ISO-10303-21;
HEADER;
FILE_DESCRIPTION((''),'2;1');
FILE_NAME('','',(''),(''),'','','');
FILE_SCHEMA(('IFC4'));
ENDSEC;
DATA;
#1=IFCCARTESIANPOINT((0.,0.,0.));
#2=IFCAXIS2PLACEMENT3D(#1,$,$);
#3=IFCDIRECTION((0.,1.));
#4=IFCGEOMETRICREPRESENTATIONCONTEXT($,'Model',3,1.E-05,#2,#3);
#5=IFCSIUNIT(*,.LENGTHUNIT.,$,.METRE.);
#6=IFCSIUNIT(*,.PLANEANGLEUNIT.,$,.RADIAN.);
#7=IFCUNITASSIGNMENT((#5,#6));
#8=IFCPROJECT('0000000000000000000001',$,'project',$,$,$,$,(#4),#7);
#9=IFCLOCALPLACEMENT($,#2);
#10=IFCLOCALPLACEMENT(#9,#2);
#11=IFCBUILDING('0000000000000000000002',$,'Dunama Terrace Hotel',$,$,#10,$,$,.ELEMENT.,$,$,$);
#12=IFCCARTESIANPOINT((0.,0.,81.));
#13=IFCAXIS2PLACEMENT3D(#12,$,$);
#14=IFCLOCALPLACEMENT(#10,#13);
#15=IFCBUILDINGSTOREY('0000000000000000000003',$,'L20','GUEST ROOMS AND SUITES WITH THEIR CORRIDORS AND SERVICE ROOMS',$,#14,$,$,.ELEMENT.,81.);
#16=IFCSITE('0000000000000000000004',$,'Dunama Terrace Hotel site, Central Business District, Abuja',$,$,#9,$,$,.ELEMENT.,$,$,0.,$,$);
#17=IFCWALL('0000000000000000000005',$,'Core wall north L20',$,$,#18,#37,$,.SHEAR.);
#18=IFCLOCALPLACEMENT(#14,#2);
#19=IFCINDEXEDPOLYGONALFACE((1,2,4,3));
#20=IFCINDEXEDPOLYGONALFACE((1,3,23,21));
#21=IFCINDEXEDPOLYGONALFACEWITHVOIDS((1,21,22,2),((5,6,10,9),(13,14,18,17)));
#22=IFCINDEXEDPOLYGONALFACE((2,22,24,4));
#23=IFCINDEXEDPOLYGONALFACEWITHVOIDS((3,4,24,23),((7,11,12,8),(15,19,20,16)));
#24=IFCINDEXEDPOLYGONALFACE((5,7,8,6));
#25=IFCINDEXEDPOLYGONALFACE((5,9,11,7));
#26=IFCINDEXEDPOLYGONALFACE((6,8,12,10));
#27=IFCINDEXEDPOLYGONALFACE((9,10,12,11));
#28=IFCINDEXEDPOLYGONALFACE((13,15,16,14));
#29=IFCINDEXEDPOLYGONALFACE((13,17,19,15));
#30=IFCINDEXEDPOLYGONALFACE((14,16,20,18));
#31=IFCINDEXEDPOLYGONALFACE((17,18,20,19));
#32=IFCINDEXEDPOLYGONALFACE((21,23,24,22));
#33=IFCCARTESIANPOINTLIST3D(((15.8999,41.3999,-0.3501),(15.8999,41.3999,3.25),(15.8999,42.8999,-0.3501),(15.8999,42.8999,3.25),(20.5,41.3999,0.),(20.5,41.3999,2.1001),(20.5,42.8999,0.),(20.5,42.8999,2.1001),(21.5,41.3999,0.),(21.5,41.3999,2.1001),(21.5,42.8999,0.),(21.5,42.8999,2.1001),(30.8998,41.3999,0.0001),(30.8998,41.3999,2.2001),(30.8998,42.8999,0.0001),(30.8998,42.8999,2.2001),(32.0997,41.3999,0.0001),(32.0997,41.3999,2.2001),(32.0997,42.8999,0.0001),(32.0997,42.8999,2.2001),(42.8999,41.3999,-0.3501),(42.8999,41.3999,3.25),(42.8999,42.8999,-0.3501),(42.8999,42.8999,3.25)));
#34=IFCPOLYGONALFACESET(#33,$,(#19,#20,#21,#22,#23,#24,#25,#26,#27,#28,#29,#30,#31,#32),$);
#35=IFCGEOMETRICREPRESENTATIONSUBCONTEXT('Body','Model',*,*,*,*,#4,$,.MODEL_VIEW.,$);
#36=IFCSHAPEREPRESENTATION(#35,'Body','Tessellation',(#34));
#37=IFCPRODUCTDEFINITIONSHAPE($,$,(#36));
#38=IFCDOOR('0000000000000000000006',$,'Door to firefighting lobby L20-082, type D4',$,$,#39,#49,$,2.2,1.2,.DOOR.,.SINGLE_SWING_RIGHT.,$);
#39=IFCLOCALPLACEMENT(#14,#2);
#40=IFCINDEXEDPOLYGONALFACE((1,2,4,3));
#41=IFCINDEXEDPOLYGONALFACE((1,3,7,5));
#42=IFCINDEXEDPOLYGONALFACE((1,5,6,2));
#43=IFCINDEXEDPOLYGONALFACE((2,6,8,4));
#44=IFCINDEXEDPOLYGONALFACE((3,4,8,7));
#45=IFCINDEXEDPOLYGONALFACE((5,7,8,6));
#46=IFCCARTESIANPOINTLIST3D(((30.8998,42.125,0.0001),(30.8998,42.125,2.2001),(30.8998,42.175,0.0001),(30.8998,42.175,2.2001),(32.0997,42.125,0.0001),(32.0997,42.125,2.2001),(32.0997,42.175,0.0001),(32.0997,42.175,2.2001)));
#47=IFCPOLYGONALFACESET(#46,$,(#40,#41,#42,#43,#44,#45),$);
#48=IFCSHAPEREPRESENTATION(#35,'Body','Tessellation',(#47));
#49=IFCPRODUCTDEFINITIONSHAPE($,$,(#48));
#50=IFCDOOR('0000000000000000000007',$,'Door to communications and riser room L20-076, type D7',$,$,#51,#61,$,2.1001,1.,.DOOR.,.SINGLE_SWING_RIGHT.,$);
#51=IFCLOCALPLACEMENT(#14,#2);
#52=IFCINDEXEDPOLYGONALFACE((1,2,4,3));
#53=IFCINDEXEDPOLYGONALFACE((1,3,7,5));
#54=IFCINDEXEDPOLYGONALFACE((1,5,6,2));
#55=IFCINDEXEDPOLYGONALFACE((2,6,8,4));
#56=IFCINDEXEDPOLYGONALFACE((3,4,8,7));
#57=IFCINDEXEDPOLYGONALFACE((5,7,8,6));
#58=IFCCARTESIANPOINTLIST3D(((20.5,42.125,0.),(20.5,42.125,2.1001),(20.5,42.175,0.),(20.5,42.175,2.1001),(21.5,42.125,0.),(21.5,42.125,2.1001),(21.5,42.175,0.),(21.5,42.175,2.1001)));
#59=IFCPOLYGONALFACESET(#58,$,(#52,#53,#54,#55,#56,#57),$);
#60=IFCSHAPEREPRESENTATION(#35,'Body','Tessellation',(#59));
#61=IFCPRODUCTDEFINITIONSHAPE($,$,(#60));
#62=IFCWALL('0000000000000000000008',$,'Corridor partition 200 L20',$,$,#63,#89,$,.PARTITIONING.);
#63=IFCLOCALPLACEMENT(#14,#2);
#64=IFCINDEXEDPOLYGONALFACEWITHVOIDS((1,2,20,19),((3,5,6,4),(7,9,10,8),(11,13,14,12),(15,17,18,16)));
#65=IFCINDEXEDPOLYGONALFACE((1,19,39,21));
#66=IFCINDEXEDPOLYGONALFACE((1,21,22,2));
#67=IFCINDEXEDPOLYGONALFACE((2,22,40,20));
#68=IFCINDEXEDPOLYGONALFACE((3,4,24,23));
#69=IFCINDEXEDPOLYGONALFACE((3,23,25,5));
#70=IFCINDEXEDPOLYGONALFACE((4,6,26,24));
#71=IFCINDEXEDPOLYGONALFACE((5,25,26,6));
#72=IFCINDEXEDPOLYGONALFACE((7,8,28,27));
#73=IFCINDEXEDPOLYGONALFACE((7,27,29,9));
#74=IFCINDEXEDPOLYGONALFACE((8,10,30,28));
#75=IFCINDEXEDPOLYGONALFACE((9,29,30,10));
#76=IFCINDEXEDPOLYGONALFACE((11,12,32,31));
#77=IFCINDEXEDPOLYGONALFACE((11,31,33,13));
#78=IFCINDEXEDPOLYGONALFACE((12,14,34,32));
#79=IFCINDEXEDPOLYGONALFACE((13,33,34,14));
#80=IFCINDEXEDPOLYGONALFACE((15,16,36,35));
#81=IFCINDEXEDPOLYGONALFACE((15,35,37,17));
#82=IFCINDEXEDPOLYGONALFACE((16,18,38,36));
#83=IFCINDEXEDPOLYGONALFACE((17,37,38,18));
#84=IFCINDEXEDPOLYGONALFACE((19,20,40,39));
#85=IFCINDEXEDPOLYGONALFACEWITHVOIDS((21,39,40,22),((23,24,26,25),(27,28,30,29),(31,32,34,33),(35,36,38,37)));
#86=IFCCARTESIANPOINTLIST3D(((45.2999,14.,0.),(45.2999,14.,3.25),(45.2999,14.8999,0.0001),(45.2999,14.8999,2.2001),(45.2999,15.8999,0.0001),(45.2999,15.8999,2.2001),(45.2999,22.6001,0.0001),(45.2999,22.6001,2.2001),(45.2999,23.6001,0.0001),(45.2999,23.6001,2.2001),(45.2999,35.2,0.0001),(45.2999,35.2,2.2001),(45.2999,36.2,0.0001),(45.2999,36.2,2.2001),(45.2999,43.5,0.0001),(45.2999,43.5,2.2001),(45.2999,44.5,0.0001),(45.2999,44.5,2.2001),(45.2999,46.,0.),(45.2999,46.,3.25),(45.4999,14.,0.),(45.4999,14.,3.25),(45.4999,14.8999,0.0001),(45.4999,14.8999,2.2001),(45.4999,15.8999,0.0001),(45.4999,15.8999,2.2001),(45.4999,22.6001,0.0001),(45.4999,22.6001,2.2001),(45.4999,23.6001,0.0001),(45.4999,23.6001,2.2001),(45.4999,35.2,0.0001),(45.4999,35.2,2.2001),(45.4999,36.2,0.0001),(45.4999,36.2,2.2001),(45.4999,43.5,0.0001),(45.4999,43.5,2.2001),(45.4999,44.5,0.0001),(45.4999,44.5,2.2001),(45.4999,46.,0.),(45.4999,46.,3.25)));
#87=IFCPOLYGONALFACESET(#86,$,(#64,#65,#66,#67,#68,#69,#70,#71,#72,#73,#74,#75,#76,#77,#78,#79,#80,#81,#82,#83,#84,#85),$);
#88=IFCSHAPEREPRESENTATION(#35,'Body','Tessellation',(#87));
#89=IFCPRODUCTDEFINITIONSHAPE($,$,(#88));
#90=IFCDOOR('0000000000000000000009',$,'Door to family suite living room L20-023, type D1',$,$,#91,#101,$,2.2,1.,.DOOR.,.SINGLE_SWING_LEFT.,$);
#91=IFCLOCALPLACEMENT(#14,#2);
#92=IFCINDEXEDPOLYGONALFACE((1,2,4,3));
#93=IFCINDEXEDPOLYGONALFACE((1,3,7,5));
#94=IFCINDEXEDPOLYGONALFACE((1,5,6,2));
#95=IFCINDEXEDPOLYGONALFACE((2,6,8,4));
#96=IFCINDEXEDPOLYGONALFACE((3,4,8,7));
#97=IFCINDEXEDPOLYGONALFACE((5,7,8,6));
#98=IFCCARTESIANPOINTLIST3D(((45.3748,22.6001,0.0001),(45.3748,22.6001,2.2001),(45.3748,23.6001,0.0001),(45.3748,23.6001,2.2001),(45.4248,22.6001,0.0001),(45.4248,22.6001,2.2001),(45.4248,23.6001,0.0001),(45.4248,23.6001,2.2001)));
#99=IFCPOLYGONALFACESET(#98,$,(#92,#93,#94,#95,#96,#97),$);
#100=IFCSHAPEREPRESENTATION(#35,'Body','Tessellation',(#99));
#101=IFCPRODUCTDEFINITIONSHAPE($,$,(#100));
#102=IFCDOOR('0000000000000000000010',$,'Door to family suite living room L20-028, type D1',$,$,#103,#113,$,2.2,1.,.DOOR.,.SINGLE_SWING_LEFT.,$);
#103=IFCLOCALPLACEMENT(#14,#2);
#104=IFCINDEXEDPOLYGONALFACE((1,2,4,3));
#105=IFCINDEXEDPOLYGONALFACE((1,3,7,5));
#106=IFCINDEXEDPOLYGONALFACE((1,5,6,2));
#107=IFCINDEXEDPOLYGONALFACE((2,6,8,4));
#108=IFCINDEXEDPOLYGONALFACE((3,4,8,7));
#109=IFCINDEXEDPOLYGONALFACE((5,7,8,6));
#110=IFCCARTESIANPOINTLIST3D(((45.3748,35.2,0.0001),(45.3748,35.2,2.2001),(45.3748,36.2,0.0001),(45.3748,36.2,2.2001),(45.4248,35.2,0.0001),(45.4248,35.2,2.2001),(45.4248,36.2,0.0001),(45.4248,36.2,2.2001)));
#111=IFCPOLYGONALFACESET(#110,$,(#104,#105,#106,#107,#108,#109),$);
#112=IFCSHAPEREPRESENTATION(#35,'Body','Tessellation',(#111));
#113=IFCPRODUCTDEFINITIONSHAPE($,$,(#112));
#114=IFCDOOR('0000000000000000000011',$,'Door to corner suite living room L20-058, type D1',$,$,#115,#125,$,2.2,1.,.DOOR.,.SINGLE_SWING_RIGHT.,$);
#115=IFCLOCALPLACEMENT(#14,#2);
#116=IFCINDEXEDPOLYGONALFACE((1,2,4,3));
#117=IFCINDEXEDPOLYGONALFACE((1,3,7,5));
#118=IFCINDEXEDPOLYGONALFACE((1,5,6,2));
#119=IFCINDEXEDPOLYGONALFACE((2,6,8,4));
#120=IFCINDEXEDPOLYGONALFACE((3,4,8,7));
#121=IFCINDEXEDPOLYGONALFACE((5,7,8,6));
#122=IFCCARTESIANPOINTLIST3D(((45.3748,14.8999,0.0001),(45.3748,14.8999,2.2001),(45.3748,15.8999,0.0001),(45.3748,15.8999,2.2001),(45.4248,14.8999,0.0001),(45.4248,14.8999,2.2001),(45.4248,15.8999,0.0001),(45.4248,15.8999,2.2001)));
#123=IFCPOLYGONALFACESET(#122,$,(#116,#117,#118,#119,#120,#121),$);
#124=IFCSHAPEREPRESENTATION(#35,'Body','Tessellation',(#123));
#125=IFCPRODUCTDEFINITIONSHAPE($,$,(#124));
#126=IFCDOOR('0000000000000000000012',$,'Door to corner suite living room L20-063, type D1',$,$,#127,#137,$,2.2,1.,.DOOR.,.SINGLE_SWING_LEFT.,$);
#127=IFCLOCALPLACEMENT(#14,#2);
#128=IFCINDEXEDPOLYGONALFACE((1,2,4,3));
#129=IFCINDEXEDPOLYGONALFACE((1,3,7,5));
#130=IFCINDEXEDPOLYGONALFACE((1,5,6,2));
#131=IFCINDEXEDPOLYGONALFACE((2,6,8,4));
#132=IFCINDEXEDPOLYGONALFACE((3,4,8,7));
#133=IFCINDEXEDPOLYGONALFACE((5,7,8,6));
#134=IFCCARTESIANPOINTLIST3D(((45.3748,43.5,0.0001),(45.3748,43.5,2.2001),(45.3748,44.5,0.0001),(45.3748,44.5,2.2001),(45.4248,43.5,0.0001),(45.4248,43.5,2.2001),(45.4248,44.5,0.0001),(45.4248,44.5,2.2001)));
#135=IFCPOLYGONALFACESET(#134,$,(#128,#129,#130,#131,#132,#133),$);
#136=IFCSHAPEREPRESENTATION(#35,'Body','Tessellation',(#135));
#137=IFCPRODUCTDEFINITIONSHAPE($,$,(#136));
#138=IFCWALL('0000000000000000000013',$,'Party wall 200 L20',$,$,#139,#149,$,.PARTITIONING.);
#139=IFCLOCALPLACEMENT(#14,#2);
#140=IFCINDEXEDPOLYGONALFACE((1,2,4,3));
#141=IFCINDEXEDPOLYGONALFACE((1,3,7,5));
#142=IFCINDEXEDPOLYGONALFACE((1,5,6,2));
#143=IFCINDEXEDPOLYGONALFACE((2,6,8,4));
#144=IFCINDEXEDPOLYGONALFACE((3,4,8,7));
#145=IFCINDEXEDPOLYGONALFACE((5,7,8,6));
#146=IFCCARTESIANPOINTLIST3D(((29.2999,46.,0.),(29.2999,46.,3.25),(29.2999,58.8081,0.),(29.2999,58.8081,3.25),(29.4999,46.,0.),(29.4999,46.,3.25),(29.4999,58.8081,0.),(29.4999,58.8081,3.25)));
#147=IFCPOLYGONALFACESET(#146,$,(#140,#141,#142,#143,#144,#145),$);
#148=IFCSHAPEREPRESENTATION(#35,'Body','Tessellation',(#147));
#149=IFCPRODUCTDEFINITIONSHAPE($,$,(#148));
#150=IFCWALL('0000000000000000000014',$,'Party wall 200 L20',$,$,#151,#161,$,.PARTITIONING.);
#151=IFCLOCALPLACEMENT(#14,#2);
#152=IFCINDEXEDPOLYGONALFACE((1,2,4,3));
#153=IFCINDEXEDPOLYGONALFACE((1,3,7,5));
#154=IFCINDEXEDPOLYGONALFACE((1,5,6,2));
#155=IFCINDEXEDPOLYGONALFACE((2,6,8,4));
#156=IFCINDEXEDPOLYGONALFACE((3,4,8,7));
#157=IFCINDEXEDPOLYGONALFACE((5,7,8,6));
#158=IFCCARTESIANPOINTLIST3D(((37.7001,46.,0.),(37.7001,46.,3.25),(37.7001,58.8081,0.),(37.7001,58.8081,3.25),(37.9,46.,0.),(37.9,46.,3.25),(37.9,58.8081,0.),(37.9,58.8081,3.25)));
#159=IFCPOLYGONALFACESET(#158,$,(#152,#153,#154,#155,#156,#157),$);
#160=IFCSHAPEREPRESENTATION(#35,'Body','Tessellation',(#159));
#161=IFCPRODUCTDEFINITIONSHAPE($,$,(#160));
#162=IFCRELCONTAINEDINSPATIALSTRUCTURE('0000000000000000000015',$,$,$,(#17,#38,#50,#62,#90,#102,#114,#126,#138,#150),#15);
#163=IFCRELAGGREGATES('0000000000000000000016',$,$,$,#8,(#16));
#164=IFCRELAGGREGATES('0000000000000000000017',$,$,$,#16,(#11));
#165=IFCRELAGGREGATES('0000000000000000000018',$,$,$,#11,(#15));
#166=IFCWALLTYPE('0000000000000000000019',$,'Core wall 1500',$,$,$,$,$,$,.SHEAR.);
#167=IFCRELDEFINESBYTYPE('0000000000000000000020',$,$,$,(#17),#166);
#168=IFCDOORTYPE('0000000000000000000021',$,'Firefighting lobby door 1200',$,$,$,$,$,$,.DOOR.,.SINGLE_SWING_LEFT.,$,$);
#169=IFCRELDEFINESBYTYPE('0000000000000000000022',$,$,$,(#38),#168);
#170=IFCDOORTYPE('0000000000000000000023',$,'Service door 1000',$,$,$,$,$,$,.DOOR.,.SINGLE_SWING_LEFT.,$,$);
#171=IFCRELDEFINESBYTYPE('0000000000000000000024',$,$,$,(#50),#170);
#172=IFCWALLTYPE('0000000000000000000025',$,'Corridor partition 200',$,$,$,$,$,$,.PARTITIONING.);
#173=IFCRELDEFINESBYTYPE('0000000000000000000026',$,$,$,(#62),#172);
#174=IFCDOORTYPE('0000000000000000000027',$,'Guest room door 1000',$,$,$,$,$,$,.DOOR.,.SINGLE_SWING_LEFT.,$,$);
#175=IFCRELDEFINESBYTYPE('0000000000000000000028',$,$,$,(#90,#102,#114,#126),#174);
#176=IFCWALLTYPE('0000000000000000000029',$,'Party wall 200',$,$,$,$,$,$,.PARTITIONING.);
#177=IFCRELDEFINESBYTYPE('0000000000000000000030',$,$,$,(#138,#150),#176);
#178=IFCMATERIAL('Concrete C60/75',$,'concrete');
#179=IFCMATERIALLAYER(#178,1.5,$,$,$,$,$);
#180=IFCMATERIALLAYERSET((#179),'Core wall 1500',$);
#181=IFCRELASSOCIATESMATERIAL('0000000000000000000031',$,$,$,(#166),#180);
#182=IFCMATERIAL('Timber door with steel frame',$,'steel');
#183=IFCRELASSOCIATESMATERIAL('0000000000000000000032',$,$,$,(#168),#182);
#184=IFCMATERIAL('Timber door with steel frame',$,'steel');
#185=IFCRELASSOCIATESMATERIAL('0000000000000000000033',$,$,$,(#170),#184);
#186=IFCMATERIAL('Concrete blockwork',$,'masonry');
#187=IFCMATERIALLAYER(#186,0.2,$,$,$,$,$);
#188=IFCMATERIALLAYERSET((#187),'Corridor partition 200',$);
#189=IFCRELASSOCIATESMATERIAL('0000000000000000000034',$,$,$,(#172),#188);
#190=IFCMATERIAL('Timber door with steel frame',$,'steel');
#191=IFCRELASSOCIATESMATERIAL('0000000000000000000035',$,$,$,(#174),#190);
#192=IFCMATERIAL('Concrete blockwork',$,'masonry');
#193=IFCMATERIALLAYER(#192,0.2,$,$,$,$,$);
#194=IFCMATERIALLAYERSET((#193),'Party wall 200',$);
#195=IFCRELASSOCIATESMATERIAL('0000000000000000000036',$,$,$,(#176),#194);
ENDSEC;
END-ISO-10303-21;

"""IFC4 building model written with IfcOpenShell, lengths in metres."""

from ifc_helpers import new_model, si_unit, direction, frame, frame_2d, origin, place, context, subcontext, project, spatial, rectangle, extrude, material, layer, layer_set, type_object, element, fill, save


model = new_model("IFC4")

# Units and contexts
model_context = context("Model", 3, precision=1e-05, world=origin(), true_north=direction((0.0, 1.0)))
body_context = subcontext(model_context, "Body", "Model", "MODEL_VIEW")
ifc_project = project(units=[si_unit("LENGTHUNIT", "METRE"), si_unit("PLANEANGLEUNIT", "RADIAN")], contexts=[model_context])

# Site, building, storey
site_placement = place(None, origin())
site = spatial("IfcSite", under=ifc_project, at=site_placement, Name="Dunama Terrace Hotel site, Central Business District, Abuja", CompositionType="ELEMENT", RefElevation=0.0)
building_placement = place(site_placement, origin())
building = spatial("IfcBuilding", under=site, at=building_placement, Name="Dunama Terrace Hotel", CompositionType="ELEMENT")
storey_placement = place(building_placement, frame((0.0, 0.0, 81.0)))
storey = spatial("IfcBuildingStorey", under=building, at=storey_placement, Name="L20", Description="GUEST ROOMS AND SUITES WITH THEIR CORRIDORS AND SERVICE ROOMS", CompositionType="ELEMENT", Elevation=81.0)

# Walls, openings, doors
ifc_material_1 = material(Name="Concrete C60/75", Category="concrete")
ifc_layer_1 = layer(ifc_material_1, 1.5)
ifc_layer_set_1 = layer_set([ifc_layer_1], Name="Core wall 1500")
wall_type_1 = type_object("IfcWallType", Name="Core wall 1500", PredefinedType="SHEAR", material=ifc_layer_set_1)
wall_1_placement = place(storey_placement, frame((42.8999, 42.1499, -0.3501), z_axis=(0.0, 0.0, 1.0), x_axis=(-1.0, 0.0, 0.0)))
wall_1 = element("IfcWall", 1, at=wall_1_placement, inside=storey, type_object=wall_type_1, Name="Core wall north L20", PredefinedType="SHEAR", context=body_context, shape_type="SweptSolid", body=[
    extrude(rectangle(XDim=27.0, YDim=1.5, at=frame_2d((13.5, 0.0))), origin(), (0.0, 0.0, 1.0), 3.6001),
])
opening_1_placement = place(wall_1_placement, frame((21.3999, 0.0, 0.3501)))
opening_1 = element("IfcOpeningElement", 2, at=opening_1_placement, cuts=wall_1, PredefinedType="OPENING", context=body_context, shape_type="SweptSolid", body=[
    extrude(rectangle(XDim=1.0, YDim=2.1001, at=frame_2d((0.5, 1.05))), frame((0.0, 0.76, 0.0), z_axis=(0.0, -1.0, 0.0), x_axis=(1.0, 0.0, 0.0)), (0.0, 0.0, 1.0), 1.52),
])
opening_2_placement = place(wall_1_placement, frame((10.8, 0.0, 0.3501)))
opening_2 = element("IfcOpeningElement", 3, at=opening_2_placement, cuts=wall_1, PredefinedType="OPENING", context=body_context, shape_type="SweptSolid", body=[
    extrude(rectangle(XDim=1.2, YDim=2.2, at=frame_2d((0.6001, 1.1001))), frame((0.0, 0.76, 0.0), z_axis=(0.0, -1.0, 0.0), x_axis=(1.0, 0.0, 0.0)), (0.0, 0.0, 1.0), 1.52),
])
ifc_material_2 = material(Name="Timber door with steel frame", Category="steel")
door_type_1 = type_object("IfcDoorType", Name="Firefighting lobby door 1200", OperationType="SINGLE_SWING_LEFT", PredefinedType="DOOR", material=ifc_material_2)
door_1_placement = place(opening_2_placement, origin())
door_1 = element("IfcDoor", 4, at=door_1_placement, inside=storey, type_object=door_type_1, Name="Door to firefighting lobby L20-082, type D4", OperationType="SINGLE_SWING_RIGHT", OverallHeight=2.2, OverallWidth=1.2, PredefinedType="DOOR", context=body_context, shape_type="SweptSolid", body=[
    extrude(rectangle(XDim=1.2, YDim=2.2, at=frame_2d((0.6001, 1.1001))), frame((0.0, 0.0249, 0.0), z_axis=(0.0, -1.0, 0.0), x_axis=(1.0, 0.0, 0.0)), (0.0, 0.0, 1.0), 0.05),
])
fill(opening_2, door_1)
ifc_material_3 = material(Name="Timber door with steel frame", Category="steel")
door_type_2 = type_object("IfcDoorType", Name="Service door 1000", OperationType="SINGLE_SWING_LEFT", PredefinedType="DOOR", material=ifc_material_3)
door_2_placement = place(opening_1_placement, origin())
door_2 = element("IfcDoor", 5, at=door_2_placement, inside=storey, type_object=door_type_2, Name="Door to communications and riser room L20-076, type D7", OperationType="SINGLE_SWING_RIGHT", OverallHeight=2.1001, OverallWidth=1.0, PredefinedType="DOOR", context=body_context, shape_type="SweptSolid", body=[
    extrude(rectangle(XDim=1.0, YDim=2.1001, at=frame_2d((0.5, 1.05))), frame((0.0, 0.0249, 0.0), z_axis=(0.0, -1.0, 0.0), x_axis=(1.0, 0.0, 0.0)), (0.0, 0.0, 1.0), 0.05),
])
fill(opening_1, door_2)
ifc_material_4 = material(Name="Concrete blockwork", Category="masonry")
ifc_layer_2 = layer(ifc_material_4, 0.2)
ifc_layer_set_2 = layer_set([ifc_layer_2], Name="Corridor partition 200")
wall_type_2 = type_object("IfcWallType", Name="Corridor partition 200", PredefinedType="PARTITIONING", material=ifc_layer_set_2)
wall_2_placement = place(storey_placement, frame((45.3999, 46.0, 0.0), z_axis=(0.0, 0.0, 1.0), x_axis=(0.0, -1.0, 0.0)))
wall_2 = element("IfcWall", 6, at=wall_2_placement, inside=storey, type_object=wall_type_2, Name="Corridor partition 200 L20", PredefinedType="PARTITIONING", context=body_context, shape_type="SweptSolid", body=[
    extrude(rectangle(XDim=32.0, YDim=0.2, at=frame_2d((16.0, 0.0))), origin(), (0.0, 0.0, 1.0), 3.25),
])
opening_3_placement = place(wall_2_placement, frame((22.3999, 0.0, 0.0)))
opening_3 = element("IfcOpeningElement", 7, at=opening_3_placement, cuts=wall_2, PredefinedType="OPENING", context=body_context, shape_type="SweptSolid", body=[
    extrude(rectangle(XDim=1.0, YDim=2.2, at=frame_2d((0.5, 1.1001))), frame((0.0, 0.1099, 0.0), z_axis=(0.0, -1.0, 0.0), x_axis=(1.0, 0.0, 0.0)), (0.0, 0.0, 1.0), 0.22),
])
opening_4_placement = place(wall_2_placement, frame((9.8, 0.0, 0.0)))
opening_4 = element("IfcOpeningElement", 8, at=opening_4_placement, cuts=wall_2, PredefinedType="OPENING", context=body_context, shape_type="SweptSolid", body=[
    extrude(rectangle(XDim=1.0, YDim=2.2, at=frame_2d((0.5, 1.1001))), frame((0.0, 0.1099, 0.0), z_axis=(0.0, -1.0, 0.0), x_axis=(1.0, 0.0, 0.0)), (0.0, 0.0, 1.0), 0.22),
])
opening_5_placement = place(wall_2_placement, frame((30.1001, 0.0, 0.0)))
opening_5 = element("IfcOpeningElement", 9, at=opening_5_placement, cuts=wall_2, PredefinedType="OPENING", context=body_context, shape_type="SweptSolid", body=[
    extrude(rectangle(XDim=1.0, YDim=2.2, at=frame_2d((0.5, 1.1001))), frame((0.0, 0.1099, 0.0), z_axis=(0.0, -1.0, 0.0), x_axis=(1.0, 0.0, 0.0)), (0.0, 0.0, 1.0), 0.22),
])
opening_6_placement = place(wall_2_placement, frame((1.5, 0.0, 0.0)))
opening_6 = element("IfcOpeningElement", 10, at=opening_6_placement, cuts=wall_2, PredefinedType="OPENING", context=body_context, shape_type="SweptSolid", body=[
    extrude(rectangle(XDim=1.0, YDim=2.2, at=frame_2d((0.5, 1.1001))), frame((0.0, 0.1099, 0.0), z_axis=(0.0, -1.0, 0.0), x_axis=(1.0, 0.0, 0.0)), (0.0, 0.0, 1.0), 0.22),
])
ifc_material_5 = material(Name="Timber door with steel frame", Category="steel")
door_type_3 = type_object("IfcDoorType", Name="Guest room door 1000", OperationType="SINGLE_SWING_LEFT", PredefinedType="DOOR", material=ifc_material_5)
door_3_placement = place(opening_3_placement, origin())
door_3 = element("IfcDoor", 11, at=door_3_placement, inside=storey, type_object=door_type_3, Name="Door to family suite living room L20-023, type D1", OperationType="SINGLE_SWING_LEFT", OverallHeight=2.2, OverallWidth=1.0, PredefinedType="DOOR", context=body_context, shape_type="SweptSolid", body=[
    extrude(rectangle(XDim=1.0, YDim=2.2, at=frame_2d((0.5, 1.1001))), frame((0.0, 0.0249, 0.0), z_axis=(0.0, -1.0, 0.0), x_axis=(1.0, 0.0, 0.0)), (0.0, 0.0, 1.0), 0.05),
])
fill(opening_3, door_3)
door_4_placement = place(opening_4_placement, origin())
door_4 = element("IfcDoor", 12, at=door_4_placement, inside=storey, type_object=door_type_3, Name="Door to family suite living room L20-028, type D1", OperationType="SINGLE_SWING_LEFT", OverallHeight=2.2, OverallWidth=1.0, PredefinedType="DOOR", context=body_context, shape_type="SweptSolid", body=[
    extrude(rectangle(XDim=1.0, YDim=2.2, at=frame_2d((0.5, 1.1001))), frame((0.0, 0.0249, 0.0), z_axis=(0.0, -1.0, 0.0), x_axis=(1.0, 0.0, 0.0)), (0.0, 0.0, 1.0), 0.05),
])
fill(opening_4, door_4)
door_5_placement = place(opening_5_placement, origin())
door_5 = element("IfcDoor", 13, at=door_5_placement, inside=storey, type_object=door_type_3, Name="Door to corner suite living room L20-058, type D1", OperationType="SINGLE_SWING_RIGHT", OverallHeight=2.2, OverallWidth=1.0, PredefinedType="DOOR", context=body_context, shape_type="SweptSolid", body=[
    extrude(rectangle(XDim=1.0, YDim=2.2, at=frame_2d((0.5, 1.1001))), frame((0.0, 0.0249, 0.0), z_axis=(0.0, -1.0, 0.0), x_axis=(1.0, 0.0, 0.0)), (0.0, 0.0, 1.0), 0.05),
])
fill(opening_5, door_5)
door_6_placement = place(opening_6_placement, origin())
door_6 = element("IfcDoor", 14, at=door_6_placement, inside=storey, type_object=door_type_3, Name="Door to corner suite living room L20-063, type D1", OperationType="SINGLE_SWING_LEFT", OverallHeight=2.2, OverallWidth=1.0, PredefinedType="DOOR", context=body_context, shape_type="SweptSolid", body=[
    extrude(rectangle(XDim=1.0, YDim=2.2, at=frame_2d((0.5, 1.1001))), frame((0.0, 0.0249, 0.0), z_axis=(0.0, -1.0, 0.0), x_axis=(1.0, 0.0, 0.0)), (0.0, 0.0, 1.0), 0.05),
])
fill(opening_6, door_6)

# Walls
ifc_material_6 = material(Name="Concrete blockwork", Category="masonry")
ifc_layer_3 = layer(ifc_material_6, 0.2)
ifc_layer_set_3 = layer_set([ifc_layer_3], Name="Party wall 200")
wall_type_3 = type_object("IfcWallType", Name="Party wall 200", PredefinedType="PARTITIONING", material=ifc_layer_set_3)
for number, where, z_axis, x_axis, name in (
    (15, (29.3999, 46.0, 0.0), (0.0, 0.0, 1.0), (0.0, 1.0, 0.0), "Party wall 200 L20"),
    (16, (37.8, 46.0, 0.0), (0.0, 0.0, 1.0), (0.0, 1.0, 0.0), "Party wall 200 L20"),
):
    element("IfcWall", number, at=place(storey_placement, frame(where, z_axis=z_axis, x_axis=x_axis)), inside=storey, type_object=wall_type_3, Name=name, PredefinedType="PARTITIONING", context=body_context, shape_type="SweptSolid", body=[
        extrude(rectangle(XDim=12.8081, YDim=0.2, at=frame_2d((6.4041, 0.0))), origin(), (0.0, 0.0, 1.0), 3.25),
    ])

save(model, "model.ifc")
